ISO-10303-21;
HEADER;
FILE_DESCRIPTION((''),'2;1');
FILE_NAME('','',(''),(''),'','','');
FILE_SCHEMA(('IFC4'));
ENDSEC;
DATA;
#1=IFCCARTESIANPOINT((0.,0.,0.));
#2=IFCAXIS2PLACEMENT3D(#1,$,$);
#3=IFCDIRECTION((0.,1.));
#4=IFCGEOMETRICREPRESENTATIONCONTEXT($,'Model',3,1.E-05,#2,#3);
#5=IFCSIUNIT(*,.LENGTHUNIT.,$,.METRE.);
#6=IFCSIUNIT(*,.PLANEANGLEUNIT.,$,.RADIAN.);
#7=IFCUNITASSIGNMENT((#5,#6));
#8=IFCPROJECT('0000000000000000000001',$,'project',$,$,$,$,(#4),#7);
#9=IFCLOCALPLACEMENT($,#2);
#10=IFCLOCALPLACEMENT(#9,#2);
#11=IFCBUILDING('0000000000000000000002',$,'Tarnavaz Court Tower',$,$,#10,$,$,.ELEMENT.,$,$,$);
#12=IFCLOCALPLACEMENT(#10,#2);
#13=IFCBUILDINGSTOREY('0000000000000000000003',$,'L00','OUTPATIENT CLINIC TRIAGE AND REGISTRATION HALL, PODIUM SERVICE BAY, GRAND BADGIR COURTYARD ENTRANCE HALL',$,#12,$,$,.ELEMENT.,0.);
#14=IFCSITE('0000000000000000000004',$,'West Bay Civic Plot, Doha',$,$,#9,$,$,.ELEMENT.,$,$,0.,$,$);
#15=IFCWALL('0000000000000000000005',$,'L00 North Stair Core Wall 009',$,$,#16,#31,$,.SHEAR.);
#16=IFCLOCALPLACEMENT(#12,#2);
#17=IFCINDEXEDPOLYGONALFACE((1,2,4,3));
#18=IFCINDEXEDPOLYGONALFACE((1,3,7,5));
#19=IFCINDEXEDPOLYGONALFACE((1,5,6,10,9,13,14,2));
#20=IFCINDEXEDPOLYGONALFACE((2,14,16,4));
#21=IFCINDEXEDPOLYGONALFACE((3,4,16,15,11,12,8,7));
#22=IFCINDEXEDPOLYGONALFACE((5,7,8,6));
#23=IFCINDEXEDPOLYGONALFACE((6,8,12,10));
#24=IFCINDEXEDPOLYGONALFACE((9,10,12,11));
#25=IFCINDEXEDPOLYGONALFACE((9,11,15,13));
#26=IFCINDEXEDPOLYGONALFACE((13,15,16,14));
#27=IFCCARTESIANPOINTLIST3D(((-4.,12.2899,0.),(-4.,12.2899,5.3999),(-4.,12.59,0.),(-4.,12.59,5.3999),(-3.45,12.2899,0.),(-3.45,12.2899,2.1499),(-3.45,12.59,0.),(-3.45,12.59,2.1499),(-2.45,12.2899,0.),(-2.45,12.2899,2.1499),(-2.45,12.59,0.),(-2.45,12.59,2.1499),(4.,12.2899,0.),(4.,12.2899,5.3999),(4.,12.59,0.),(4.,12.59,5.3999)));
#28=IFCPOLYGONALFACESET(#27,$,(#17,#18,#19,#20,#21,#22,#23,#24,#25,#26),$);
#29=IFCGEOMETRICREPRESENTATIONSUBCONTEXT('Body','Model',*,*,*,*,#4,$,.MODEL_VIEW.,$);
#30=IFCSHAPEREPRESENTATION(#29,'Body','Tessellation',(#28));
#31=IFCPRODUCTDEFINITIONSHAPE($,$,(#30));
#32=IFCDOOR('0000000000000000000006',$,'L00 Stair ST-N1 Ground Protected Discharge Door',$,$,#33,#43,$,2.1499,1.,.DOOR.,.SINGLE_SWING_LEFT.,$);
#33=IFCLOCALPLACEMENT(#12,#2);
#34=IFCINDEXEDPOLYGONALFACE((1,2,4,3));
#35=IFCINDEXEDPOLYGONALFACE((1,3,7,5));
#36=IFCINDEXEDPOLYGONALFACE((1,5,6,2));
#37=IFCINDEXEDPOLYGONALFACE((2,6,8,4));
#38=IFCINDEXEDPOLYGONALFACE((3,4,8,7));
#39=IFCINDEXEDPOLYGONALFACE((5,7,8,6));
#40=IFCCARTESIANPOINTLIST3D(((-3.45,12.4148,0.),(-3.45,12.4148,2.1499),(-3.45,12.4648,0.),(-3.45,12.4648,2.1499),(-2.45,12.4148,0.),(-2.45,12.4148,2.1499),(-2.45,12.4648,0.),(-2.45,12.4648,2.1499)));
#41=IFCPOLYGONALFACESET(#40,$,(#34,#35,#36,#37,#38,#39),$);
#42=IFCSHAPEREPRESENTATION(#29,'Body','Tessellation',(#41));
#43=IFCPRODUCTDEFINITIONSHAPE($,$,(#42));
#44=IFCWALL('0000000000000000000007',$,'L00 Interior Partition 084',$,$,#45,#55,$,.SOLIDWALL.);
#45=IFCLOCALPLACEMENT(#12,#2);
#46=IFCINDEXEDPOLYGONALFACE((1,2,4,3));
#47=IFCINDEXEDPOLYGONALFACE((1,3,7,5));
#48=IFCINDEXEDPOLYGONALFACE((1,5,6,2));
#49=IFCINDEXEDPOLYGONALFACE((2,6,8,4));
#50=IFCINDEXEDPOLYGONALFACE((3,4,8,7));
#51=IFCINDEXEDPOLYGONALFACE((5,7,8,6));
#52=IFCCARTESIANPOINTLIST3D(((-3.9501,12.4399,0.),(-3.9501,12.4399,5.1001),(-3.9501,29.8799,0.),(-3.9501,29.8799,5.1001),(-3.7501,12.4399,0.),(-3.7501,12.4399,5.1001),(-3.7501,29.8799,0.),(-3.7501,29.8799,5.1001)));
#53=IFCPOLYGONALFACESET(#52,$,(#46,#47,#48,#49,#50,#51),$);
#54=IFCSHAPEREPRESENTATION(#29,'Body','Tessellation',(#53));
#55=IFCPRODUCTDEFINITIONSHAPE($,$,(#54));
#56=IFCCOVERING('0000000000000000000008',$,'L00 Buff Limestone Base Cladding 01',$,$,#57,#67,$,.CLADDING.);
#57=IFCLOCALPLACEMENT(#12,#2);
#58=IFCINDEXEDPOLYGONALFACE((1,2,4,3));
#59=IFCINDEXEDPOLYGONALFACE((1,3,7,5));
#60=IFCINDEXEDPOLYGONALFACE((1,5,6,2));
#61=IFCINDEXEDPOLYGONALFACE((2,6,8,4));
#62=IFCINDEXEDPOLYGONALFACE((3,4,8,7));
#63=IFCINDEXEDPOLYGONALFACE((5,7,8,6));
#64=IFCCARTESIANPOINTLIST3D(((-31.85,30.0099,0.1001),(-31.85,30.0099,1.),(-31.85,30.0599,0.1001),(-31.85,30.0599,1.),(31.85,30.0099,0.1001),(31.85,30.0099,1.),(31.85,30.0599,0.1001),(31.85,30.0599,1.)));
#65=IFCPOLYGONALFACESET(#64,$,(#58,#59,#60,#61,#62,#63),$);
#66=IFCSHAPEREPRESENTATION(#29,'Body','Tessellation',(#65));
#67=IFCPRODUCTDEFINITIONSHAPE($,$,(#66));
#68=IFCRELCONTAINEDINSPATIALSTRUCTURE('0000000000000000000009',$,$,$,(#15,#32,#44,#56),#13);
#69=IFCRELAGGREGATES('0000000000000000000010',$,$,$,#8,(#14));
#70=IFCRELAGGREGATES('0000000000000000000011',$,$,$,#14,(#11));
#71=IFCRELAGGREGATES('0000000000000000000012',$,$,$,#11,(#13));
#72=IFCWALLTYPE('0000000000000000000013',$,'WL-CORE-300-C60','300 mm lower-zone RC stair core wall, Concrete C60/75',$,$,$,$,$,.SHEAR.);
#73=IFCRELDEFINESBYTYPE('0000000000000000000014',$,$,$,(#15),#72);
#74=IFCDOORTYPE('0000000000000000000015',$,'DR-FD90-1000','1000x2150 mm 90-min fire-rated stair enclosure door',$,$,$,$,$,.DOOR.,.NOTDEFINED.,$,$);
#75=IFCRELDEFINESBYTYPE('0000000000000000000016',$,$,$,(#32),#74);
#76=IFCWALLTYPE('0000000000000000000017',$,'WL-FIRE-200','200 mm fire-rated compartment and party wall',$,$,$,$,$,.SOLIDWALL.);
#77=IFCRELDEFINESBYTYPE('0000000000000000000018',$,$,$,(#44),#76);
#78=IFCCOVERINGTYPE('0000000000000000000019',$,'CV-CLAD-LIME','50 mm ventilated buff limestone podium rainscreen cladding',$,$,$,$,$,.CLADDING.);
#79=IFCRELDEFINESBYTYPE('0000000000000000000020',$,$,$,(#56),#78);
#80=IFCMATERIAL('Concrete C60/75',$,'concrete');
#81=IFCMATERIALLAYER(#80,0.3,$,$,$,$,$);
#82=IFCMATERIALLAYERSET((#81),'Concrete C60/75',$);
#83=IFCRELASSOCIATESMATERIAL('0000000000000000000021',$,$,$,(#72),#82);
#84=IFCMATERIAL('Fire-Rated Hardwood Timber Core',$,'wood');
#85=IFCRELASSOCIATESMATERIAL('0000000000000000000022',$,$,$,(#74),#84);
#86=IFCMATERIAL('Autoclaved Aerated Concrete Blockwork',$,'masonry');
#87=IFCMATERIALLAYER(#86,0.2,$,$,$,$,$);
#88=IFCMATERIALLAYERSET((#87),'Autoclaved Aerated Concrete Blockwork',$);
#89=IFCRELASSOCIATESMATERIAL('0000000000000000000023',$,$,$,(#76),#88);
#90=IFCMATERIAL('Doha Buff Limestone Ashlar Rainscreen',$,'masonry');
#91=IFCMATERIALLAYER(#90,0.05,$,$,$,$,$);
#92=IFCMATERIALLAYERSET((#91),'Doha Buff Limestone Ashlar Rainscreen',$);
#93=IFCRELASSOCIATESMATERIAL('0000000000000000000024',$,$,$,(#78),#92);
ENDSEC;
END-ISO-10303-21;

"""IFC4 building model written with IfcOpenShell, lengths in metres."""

from ifc_helpers import new_model, si_unit, direction, frame, frame_2d, origin, origin_2d, place, context, subcontext, project, spatial, rectangle, extrude, material, layer, layer_set, type_object, element, fill, save


model = new_model("IFC4")

# Units and contexts
model_context = context("Model", 3, precision=1e-05, world=origin(), true_north=direction((0.0, 1.0)))
body_context = subcontext(model_context, "Body", "Model", "MODEL_VIEW")
ifc_project = project(units=[si_unit("LENGTHUNIT", "METRE"), si_unit("PLANEANGLEUNIT", "RADIAN")], contexts=[model_context])

# Site, building, storey
site_placement = place(None, origin())
site = spatial("IfcSite", under=ifc_project, at=site_placement, Name="West Bay Civic Plot, Doha", CompositionType="ELEMENT", RefElevation=0.0)
building_placement = place(site_placement, origin())
building = spatial("IfcBuilding", under=site, at=building_placement, Name="Tarnavaz Court Tower", CompositionType="ELEMENT")
storey_placement = place(building_placement, origin())
storey = spatial("IfcBuildingStorey", under=building, at=storey_placement, Name="L00", Description="OUTPATIENT CLINIC TRIAGE AND REGISTRATION HALL, PODIUM SERVICE BAY, GRAND BADGIR COURTYARD ENTRANCE HALL", CompositionType="ELEMENT", Elevation=0.0)

# Shared definitions
ifc_material_1 = material(Name="Concrete C60/75", Category="concrete")

# Wall, opening, door
ifc_layer_1 = layer(ifc_material_1, 0.3)
ifc_layer_set_1 = layer_set([ifc_layer_1], Name="Concrete C60/75")
wall_type_1 = type_object("IfcWallType", Name="WL-CORE-300-C60", Description="300 mm lower-zone RC stair core wall, Concrete C60/75", PredefinedType="SHEAR", material=ifc_layer_set_1)
wall_1_placement = place(storey_placement, frame((-4.0, 12.4399, 0.0), z_axis=(0.0, 0.0, 1.0), x_axis=(1.0, 0.0, 0.0)))
wall_1 = element("IfcWall", 1, at=wall_1_placement, inside=storey, type_object=wall_type_1, Name="L00 North Stair Core Wall 009", PredefinedType="SHEAR", context=body_context, shape_type="SweptSolid", body=[
    extrude(rectangle(XDim=8.0, YDim=0.3, at=frame_2d((4.0, 0.0))), origin(), (0.0, 0.0, 1.0), 5.3999),
])
opening_placement = place(wall_1_placement, frame((0.55, 0.0, 0.0)))
opening = element("IfcOpeningElement", 2, at=opening_placement, cuts=wall_1, PredefinedType="OPENING", context=body_context, shape_type="SweptSolid", body=[
    extrude(rectangle(XDim=1.0, YDim=2.1499, at=frame_2d((0.5, 1.075))), frame((0.0, 0.1599, 0.0), z_axis=(0.0, -1.0, 0.0), x_axis=(1.0, 0.0, 0.0)), (0.0, 0.0, 1.0), 0.3201),
])
ifc_material_2 = material(Name="Fire-Rated Hardwood Timber Core", Category="wood")
door_type = type_object("IfcDoorType", Name="DR-FD90-1000", Description="1000x2150 mm 90-min fire-rated stair enclosure door", OperationType="NOTDEFINED", PredefinedType="DOOR", material=ifc_material_2)
door_placement = place(opening_placement, origin())
door = element("IfcDoor", 3, at=door_placement, inside=storey, type_object=door_type, Name="L00 Stair ST-N1 Ground Protected Discharge Door", OperationType="SINGLE_SWING_LEFT", OverallHeight=2.1499, OverallWidth=1.0, PredefinedType="DOOR", context=body_context, shape_type="SweptSolid", body=[
    extrude(rectangle(XDim=1.0, YDim=2.1499, at=frame_2d((0.5, 1.075))), frame((0.0, 0.0249, 0.0), z_axis=(0.0, -1.0, 0.0), x_axis=(1.0, 0.0, 0.0)), (0.0, 0.0, 1.0), 0.05),
])
fill(opening, door)

# Wall
ifc_material_3 = material(Name="Autoclaved Aerated Concrete Blockwork", Category="masonry")
ifc_layer_2 = layer(ifc_material_3, 0.2)
ifc_layer_set_2 = layer_set([ifc_layer_2], Name="Autoclaved Aerated Concrete Blockwork")
wall_type_2 = type_object("IfcWallType", Name="WL-FIRE-200", Description="200 mm fire-rated compartment and party wall", PredefinedType="SOLIDWALL", material=ifc_layer_set_2)
wall_2_placement = place(storey_placement, frame((-3.8501, 12.4399, 0.0), z_axis=(0.0, 0.0, 1.0), x_axis=(0.0, 1.0, 0.0)))
element("IfcWall", 4, at=wall_2_placement, inside=storey, type_object=wall_type_2, Name="L00 Interior Partition 084", PredefinedType="SOLIDWALL", context=body_context, shape_type="SweptSolid", body=[
    extrude(rectangle(XDim=17.4399, YDim=0.2, at=frame_2d((8.72, 0.0))), origin(), (0.0, 0.0, 1.0), 5.1001),
])

# Covering
ifc_material_4 = material(Name="Doha Buff Limestone Ashlar Rainscreen", Category="masonry")
ifc_layer_3 = layer(ifc_material_4, 0.05)
ifc_layer_set_3 = layer_set([ifc_layer_3], Name="Doha Buff Limestone Ashlar Rainscreen")
covering_type = type_object("IfcCoveringType", Name="CV-CLAD-LIME", Description="50 mm ventilated buff limestone podium rainscreen cladding", PredefinedType="CLADDING", material=ifc_layer_set_3)
covering_placement = place(storey_placement, frame((0.0, 30.0349, 0.1001), z_axis=(0.0, 0.0, 1.0), x_axis=(1.0, 0.0, 0.0)))
element("IfcCovering", 5, at=covering_placement, inside=storey, type_object=covering_type, Name="L00 Buff Limestone Base Cladding 01", PredefinedType="CLADDING", context=body_context, shape_type="SweptSolid", body=[
    extrude(rectangle(XDim=63.7, YDim=0.05, at=origin_2d()), origin(), (0.0, 0.0, 1.0), 0.8999),
])

save(model, "model.ifc")
